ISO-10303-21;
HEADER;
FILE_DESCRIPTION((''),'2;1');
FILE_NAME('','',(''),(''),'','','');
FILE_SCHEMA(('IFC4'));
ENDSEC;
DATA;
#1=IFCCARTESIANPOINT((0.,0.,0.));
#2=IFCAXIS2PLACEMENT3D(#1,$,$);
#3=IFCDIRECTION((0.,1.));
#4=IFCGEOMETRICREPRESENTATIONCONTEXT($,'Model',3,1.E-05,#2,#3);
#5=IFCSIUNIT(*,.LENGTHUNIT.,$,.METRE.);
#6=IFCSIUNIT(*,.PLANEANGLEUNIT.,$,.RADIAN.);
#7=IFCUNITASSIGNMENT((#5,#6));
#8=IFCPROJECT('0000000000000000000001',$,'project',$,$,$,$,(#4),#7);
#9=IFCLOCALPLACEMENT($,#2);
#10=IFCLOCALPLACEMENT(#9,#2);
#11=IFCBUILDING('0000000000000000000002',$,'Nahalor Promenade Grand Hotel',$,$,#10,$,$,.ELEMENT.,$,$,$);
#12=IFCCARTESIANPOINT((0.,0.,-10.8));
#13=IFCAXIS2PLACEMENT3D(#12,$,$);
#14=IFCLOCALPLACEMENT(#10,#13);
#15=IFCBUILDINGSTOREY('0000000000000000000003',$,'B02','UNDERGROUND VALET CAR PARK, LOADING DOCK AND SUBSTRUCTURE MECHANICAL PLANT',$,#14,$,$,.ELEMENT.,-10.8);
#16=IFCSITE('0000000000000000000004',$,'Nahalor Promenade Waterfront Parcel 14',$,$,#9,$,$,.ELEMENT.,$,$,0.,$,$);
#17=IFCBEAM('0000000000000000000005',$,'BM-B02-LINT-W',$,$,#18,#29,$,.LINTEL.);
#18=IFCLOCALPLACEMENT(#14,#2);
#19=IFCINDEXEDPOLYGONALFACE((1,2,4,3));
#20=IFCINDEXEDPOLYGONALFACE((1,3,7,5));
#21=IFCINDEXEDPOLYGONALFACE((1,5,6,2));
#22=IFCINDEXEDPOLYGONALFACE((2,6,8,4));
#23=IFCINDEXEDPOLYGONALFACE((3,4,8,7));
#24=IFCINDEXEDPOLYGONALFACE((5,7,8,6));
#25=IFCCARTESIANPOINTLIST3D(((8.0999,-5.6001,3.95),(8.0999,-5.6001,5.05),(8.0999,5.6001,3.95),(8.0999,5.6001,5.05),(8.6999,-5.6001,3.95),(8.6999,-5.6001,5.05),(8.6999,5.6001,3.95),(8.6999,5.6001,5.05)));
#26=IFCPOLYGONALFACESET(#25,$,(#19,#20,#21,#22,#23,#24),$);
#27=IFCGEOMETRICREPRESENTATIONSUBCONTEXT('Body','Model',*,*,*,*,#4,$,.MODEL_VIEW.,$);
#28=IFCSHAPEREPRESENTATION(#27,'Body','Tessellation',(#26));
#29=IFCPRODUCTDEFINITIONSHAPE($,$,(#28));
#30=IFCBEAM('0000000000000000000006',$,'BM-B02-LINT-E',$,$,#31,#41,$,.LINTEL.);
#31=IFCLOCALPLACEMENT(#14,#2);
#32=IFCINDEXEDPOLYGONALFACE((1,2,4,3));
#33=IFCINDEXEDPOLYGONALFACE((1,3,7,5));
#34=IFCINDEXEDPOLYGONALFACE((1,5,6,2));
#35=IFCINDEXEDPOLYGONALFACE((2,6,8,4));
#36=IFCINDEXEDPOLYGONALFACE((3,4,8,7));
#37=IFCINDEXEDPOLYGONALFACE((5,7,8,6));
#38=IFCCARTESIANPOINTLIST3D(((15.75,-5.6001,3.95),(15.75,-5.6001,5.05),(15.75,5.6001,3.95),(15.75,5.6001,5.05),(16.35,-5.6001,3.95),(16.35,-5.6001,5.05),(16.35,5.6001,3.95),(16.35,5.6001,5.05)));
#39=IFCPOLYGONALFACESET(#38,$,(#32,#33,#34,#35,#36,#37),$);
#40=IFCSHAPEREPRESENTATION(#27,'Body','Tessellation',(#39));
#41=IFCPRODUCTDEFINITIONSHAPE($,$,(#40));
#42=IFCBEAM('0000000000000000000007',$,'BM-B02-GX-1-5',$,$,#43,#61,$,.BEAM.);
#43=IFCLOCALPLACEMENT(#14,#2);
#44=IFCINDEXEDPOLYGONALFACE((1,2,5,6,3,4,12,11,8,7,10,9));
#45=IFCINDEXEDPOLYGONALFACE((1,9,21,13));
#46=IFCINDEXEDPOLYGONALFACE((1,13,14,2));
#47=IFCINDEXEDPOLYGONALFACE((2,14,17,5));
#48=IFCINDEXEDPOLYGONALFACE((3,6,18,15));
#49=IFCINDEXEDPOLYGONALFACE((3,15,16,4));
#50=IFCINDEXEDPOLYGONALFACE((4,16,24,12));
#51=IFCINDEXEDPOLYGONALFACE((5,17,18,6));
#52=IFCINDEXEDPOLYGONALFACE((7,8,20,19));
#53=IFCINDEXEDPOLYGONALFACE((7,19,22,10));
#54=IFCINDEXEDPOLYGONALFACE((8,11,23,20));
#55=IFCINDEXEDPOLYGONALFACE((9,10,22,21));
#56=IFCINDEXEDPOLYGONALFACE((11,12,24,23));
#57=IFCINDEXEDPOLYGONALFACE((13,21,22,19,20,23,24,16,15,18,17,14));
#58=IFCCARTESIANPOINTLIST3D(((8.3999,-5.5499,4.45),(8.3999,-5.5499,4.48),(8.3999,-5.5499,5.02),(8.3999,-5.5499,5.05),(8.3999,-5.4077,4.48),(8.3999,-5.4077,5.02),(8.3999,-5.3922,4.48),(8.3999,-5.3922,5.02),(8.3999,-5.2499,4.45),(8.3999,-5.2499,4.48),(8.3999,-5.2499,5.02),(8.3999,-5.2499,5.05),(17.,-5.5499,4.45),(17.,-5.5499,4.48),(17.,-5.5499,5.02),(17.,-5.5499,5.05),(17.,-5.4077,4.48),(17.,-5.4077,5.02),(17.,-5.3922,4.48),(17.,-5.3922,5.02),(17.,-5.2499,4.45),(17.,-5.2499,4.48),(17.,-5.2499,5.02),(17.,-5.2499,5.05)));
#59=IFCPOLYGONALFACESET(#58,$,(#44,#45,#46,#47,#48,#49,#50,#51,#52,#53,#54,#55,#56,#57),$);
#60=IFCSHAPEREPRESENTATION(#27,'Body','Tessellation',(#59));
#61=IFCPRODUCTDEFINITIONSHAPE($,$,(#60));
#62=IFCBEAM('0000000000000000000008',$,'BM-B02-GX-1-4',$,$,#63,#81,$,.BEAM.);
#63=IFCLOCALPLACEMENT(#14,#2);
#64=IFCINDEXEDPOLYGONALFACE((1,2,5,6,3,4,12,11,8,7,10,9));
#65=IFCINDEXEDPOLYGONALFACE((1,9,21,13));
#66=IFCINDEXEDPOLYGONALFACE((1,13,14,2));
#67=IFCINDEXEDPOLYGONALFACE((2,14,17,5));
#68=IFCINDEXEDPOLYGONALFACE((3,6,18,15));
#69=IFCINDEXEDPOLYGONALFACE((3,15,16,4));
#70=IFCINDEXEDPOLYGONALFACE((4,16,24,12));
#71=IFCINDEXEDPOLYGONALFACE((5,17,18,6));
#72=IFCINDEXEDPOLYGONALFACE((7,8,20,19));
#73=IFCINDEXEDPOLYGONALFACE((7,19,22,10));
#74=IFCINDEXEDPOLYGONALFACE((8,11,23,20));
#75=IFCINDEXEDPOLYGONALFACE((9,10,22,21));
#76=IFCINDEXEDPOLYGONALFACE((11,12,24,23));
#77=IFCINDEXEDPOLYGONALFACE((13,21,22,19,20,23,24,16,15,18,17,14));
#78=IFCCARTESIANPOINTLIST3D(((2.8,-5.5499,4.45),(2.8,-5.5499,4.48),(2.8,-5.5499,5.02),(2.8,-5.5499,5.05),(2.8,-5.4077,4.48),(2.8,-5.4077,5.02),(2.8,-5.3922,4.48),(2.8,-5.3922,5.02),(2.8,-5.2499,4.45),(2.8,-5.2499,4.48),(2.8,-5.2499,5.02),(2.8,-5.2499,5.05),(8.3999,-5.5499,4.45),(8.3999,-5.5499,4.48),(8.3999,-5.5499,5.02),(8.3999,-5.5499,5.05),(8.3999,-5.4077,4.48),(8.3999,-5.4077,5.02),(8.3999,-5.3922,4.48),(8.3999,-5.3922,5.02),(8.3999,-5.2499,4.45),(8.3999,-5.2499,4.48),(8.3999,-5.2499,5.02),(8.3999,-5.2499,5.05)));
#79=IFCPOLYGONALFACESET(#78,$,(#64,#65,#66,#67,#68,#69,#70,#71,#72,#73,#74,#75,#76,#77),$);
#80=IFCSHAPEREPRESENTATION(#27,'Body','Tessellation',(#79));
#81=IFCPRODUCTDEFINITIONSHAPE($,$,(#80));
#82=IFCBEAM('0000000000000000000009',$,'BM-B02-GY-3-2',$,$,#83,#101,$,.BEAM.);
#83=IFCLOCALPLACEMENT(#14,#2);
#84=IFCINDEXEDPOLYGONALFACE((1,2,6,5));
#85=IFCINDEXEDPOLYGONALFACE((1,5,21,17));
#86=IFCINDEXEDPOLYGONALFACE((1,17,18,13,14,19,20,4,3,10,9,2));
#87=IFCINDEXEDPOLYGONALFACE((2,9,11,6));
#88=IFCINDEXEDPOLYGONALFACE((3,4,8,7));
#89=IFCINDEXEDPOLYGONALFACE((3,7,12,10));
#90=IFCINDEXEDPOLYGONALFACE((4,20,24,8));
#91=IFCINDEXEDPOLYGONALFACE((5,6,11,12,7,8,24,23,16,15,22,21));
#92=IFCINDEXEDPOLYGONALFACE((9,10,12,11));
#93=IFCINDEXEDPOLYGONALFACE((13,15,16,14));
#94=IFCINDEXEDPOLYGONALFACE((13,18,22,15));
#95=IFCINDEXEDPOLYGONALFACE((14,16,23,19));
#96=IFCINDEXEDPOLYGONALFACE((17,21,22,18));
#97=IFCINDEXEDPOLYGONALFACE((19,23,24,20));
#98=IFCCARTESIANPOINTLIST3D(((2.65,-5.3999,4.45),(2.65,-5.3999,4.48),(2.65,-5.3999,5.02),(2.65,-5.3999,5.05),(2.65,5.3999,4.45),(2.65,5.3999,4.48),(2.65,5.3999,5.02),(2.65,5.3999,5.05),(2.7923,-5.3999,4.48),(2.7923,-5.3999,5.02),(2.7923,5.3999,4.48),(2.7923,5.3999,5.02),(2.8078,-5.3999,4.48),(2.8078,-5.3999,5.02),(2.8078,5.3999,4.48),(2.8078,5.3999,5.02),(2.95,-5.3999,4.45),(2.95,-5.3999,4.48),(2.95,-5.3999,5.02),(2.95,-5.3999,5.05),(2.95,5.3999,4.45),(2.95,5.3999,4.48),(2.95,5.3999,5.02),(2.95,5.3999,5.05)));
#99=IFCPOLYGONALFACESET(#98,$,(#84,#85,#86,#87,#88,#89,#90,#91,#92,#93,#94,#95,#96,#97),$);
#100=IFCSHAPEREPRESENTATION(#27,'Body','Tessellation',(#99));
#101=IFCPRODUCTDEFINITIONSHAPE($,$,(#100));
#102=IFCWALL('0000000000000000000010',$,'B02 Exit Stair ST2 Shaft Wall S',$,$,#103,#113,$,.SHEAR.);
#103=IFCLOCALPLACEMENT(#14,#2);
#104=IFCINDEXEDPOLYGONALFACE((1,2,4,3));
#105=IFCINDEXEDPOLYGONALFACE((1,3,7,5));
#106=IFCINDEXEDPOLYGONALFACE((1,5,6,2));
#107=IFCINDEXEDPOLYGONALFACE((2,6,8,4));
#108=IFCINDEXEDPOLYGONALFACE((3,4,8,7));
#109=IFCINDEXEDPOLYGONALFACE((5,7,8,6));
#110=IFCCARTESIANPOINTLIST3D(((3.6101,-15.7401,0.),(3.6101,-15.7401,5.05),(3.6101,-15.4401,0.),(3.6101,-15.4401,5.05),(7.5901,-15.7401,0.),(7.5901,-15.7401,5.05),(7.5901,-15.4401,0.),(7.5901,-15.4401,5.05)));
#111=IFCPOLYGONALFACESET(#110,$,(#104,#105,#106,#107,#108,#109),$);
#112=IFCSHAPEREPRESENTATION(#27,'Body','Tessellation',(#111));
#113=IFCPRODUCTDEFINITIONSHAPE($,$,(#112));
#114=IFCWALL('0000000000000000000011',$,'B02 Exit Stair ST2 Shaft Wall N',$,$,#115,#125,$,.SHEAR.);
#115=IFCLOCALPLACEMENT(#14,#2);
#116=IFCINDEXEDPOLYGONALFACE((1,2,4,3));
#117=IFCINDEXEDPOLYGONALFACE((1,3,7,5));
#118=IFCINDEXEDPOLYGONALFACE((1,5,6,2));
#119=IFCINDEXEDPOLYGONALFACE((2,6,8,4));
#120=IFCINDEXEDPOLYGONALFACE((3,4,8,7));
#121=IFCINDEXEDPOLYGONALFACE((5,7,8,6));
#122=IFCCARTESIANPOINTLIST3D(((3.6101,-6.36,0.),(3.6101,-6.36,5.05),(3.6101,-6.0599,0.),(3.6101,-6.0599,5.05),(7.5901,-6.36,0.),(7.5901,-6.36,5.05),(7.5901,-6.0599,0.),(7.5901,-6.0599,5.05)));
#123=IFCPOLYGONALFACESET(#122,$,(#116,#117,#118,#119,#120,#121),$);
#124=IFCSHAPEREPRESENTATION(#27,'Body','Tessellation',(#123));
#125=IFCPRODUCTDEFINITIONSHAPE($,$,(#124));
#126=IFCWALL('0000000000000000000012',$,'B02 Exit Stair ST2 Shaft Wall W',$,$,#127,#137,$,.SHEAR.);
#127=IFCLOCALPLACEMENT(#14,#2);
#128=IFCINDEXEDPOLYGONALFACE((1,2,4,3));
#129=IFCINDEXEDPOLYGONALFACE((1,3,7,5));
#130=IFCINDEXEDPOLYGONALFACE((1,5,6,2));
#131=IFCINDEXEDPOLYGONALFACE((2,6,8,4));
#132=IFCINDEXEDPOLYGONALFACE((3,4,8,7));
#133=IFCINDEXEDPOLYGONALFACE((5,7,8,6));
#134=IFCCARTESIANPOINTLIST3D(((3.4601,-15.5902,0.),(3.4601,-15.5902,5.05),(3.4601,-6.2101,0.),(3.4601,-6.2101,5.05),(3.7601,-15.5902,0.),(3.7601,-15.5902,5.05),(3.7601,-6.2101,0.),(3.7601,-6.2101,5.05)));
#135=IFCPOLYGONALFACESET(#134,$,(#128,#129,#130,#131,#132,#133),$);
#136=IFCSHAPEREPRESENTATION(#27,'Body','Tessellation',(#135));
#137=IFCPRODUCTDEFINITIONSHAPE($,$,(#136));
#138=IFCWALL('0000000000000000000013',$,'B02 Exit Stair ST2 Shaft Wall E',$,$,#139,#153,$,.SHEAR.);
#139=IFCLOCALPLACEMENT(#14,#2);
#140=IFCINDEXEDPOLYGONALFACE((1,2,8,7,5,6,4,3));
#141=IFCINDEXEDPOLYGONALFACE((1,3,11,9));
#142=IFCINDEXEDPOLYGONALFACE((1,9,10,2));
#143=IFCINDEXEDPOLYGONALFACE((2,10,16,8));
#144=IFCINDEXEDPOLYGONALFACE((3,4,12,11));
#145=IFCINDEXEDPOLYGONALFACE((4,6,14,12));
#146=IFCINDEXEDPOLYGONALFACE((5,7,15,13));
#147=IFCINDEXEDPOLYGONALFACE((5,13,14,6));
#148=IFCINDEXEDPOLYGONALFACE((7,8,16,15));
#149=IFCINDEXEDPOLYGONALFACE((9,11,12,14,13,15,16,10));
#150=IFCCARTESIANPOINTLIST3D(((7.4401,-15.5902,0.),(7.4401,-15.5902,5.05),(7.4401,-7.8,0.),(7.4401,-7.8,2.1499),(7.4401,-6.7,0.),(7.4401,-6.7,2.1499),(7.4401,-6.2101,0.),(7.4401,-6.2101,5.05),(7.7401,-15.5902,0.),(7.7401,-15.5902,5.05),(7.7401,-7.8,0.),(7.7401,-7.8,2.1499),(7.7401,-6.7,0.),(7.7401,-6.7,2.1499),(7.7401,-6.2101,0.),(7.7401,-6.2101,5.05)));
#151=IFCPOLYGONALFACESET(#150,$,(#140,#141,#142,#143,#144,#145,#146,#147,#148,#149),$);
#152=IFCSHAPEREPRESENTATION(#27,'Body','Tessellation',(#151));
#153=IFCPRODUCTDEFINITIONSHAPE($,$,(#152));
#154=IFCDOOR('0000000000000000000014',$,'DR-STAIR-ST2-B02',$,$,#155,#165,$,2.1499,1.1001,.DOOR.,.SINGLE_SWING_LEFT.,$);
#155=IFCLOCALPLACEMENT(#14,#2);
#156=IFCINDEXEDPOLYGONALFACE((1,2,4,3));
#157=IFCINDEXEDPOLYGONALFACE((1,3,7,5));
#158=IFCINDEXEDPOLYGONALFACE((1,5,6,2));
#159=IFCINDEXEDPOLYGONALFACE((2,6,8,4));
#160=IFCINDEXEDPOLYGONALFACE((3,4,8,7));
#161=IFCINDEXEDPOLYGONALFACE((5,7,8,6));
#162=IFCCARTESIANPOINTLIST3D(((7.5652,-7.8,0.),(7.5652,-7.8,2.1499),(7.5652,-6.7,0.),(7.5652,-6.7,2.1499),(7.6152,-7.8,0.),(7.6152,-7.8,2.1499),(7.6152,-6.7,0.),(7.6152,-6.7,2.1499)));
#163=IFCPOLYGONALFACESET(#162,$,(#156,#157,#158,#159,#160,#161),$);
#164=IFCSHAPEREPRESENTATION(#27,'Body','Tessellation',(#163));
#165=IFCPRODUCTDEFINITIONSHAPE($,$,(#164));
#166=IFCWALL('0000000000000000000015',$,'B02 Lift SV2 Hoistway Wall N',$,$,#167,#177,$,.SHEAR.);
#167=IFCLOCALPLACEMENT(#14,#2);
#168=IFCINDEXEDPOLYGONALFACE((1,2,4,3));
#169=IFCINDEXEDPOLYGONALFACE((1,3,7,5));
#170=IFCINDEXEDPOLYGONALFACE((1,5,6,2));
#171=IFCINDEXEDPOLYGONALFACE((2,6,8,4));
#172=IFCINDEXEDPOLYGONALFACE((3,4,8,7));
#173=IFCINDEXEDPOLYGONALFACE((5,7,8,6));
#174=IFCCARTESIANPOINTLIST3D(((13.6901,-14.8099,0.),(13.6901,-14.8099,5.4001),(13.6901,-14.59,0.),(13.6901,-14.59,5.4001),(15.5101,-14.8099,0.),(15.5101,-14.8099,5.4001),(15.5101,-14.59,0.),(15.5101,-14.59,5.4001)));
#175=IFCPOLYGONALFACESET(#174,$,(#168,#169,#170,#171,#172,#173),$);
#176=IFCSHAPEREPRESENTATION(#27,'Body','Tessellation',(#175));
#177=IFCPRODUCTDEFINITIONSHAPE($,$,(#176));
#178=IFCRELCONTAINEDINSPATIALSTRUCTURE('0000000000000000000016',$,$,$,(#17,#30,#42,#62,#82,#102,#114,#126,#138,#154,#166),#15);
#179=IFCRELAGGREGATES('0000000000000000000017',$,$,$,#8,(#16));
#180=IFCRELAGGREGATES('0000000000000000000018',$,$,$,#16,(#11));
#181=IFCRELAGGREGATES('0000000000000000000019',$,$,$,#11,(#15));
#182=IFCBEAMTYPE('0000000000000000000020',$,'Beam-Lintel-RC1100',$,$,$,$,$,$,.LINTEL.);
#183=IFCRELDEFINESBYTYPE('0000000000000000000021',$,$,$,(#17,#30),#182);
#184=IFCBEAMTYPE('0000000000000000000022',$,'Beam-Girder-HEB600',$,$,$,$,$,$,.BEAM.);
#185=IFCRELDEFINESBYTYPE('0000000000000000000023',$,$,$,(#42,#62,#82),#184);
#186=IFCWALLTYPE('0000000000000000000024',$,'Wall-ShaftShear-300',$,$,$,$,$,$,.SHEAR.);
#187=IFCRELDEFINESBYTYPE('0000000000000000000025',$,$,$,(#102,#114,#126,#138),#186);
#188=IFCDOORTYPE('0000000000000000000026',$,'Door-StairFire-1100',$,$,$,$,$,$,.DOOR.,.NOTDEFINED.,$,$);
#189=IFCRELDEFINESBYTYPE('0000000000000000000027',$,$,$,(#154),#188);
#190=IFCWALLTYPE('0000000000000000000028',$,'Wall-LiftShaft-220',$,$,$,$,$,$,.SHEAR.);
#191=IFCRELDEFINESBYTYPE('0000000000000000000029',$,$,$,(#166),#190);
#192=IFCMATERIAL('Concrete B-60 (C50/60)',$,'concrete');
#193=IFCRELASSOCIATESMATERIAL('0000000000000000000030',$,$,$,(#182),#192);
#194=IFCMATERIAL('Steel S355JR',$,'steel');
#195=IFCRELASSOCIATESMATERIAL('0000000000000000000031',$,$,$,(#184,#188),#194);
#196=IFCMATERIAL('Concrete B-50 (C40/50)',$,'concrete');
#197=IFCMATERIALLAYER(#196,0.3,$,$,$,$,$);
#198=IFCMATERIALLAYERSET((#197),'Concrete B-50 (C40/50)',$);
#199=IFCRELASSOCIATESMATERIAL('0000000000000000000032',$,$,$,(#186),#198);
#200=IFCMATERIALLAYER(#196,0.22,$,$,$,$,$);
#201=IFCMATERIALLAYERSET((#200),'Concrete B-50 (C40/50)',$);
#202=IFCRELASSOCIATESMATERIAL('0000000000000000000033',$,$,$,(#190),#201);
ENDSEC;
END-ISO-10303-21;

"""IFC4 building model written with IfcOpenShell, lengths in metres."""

from ifc_helpers import new_model, si_unit, direction, frame, frame_2d, origin, origin_2d, place, context, subcontext, project, spatial, rectangle, i_section, extrude, source, transform, mapped, material, layer, layer_set, material_profile, profile_set, type_object, element, fill, save


model = new_model("IFC4")

# Units and contexts
model_context = context("Model", 3, precision=1e-05, world=origin(), true_north=direction((0.0, 1.0)))
body_context = subcontext(model_context, "Body", "Model", "MODEL_VIEW")
ifc_project = project(units=[si_unit("LENGTHUNIT", "METRE"), si_unit("PLANEANGLEUNIT", "RADIAN")], contexts=[model_context])

# Site, building, storey
site_placement = place(None, origin())
site = spatial("IfcSite", under=ifc_project, at=site_placement, Name="Nahalor Promenade Waterfront Parcel 14", CompositionType="ELEMENT", RefElevation=0.0)
building_placement = place(site_placement, origin())
building = spatial("IfcBuilding", under=site, at=building_placement, Name="Nahalor Promenade Grand Hotel", CompositionType="ELEMENT")
storey_placement = place(building_placement, frame((0.0, 0.0, -10.8)))
storey = spatial("IfcBuildingStorey", under=building, at=storey_placement, Name="B02", Description="UNDERGROUND VALET CAR PARK, LOADING DOCK AND SUBSTRUCTURE MECHANICAL PLANT", CompositionType="ELEMENT", Elevation=-10.8)

# Shared definitions
ifc_material_1 = material(Name="Concrete B-50 (C40/50)", Category="concrete")

# Shared definitions
ifc_material_2 = material(Name="Concrete B-60 (C50/60)", Category="concrete")

# Beams
ifc_material_profile_1 = material_profile(ifc_material_2, rectangle(XDim=0.6, YDim=1.1, at=origin_2d()), Name="RC 600x1100")
ifc_profile_set_1 = profile_set([ifc_material_profile_1], Name="Concrete B-60 (C50/60)")
beam_type_1 = type_object("IfcBeamType", Name="Beam-Lintel-RC1100", PredefinedType="LINTEL", material=ifc_profile_set_1)
shared_shape_1 = source(origin(), body_context, "Body", "SweptSolid", [
    extrude(rectangle(XDim=0.6, YDim=1.1, at=origin_2d()), origin(), (0.0, 0.0, 1.0), 11.2002),
])
for number, where, z_axis, x_axis, name in (
    (1, (8.3999, -5.6001, 4.5), (0.0, 1.0, 0.0), (-1.0, 0.0, 0.0), "BM-B02-LINT-W"),
    (2, (16.05, -5.6001, 4.5), (0.0, 1.0, 0.0), (-1.0, 0.0, 0.0), "BM-B02-LINT-E"),
):
    element("IfcBeam", number, at=place(storey_placement, frame(where, z_axis=z_axis, x_axis=x_axis)), inside=storey, type_object=beam_type_1, Name=name, PredefinedType="LINTEL", context=body_context, shape_type="MappedRepresentation", body=[
        mapped(shared_shape_1, transform((0.0, 0.0, 0.0), scale=1.0)),
    ])
ifc_material_3 = material(Name="Steel S355JR", Category="steel")
ifc_material_profile_2 = material_profile(ifc_material_3, i_section(OverallWidth=0.3, OverallDepth=0.6, WebThickness=0.0155, FlangeThickness=0.03, at=origin_2d()), Name="HEB 600")
ifc_profile_set_2 = profile_set([ifc_material_profile_2], Name="Steel S355JR")
beam_type_2 = type_object("IfcBeamType", Name="Beam-Girder-HEB600", PredefinedType="BEAM", material=ifc_profile_set_2)
shared_shape_2 = source(origin(), body_context, "Body", "SweptSolid", [
    extrude(i_section(OverallWidth=0.3, OverallDepth=0.6, WebThickness=0.0155, FlangeThickness=0.03, at=origin_2d()), origin(), (0.0, 0.0, 1.0), 8.6001),
])
beam_1_placement = place(storey_placement, frame((8.3999, -5.3999, 4.75), z_axis=(1.0, 0.0, 0.0), x_axis=(0.0, 1.0, 0.0)))
element("IfcBeam", 3, at=beam_1_placement, inside=storey, type_object=beam_type_2, Name="BM-B02-GX-1-5", PredefinedType="BEAM", context=body_context, shape_type="MappedRepresentation", body=[
    mapped(shared_shape_2, transform((0.0, 0.0, 0.0), scale=1.0)),
])
shared_shape_3 = source(origin(), body_context, "Body", "SweptSolid", [
    extrude(i_section(OverallWidth=0.3, OverallDepth=0.6, WebThickness=0.0155, FlangeThickness=0.03, at=origin_2d()), origin(), (0.0, 0.0, 1.0), 5.5999),
])
beam_2_placement = place(storey_placement, frame((2.8, -5.3999, 4.75), z_axis=(1.0, 0.0, 0.0), x_axis=(0.0, 1.0, 0.0)))
element("IfcBeam", 4, at=beam_2_placement, inside=storey, type_object=beam_type_2, Name="BM-B02-GX-1-4", PredefinedType="BEAM", context=body_context, shape_type="MappedRepresentation", body=[
    mapped(shared_shape_3, transform((0.0, 0.0, 0.0), scale=1.0)),
])
shared_shape_4 = source(origin(), body_context, "Body", "SweptSolid", [
    extrude(i_section(OverallWidth=0.3, OverallDepth=0.6, WebThickness=0.0155, FlangeThickness=0.03, at=origin_2d()), origin(), (0.0, 0.0, 1.0), 10.7998),
])
beam_3_placement = place(storey_placement, frame((2.8, -5.3999, 4.75), z_axis=(0.0, 1.0, 0.0), x_axis=(-1.0, 0.0, 0.0)))
element("IfcBeam", 5, at=beam_3_placement, inside=storey, type_object=beam_type_2, Name="BM-B02-GY-3-2", PredefinedType="BEAM", context=body_context, shape_type="MappedRepresentation", body=[
    mapped(shared_shape_4, transform((0.0, 0.0, 0.0), scale=1.0)),
])

# Walls
ifc_layer_1 = layer(ifc_material_1, 0.3)
ifc_layer_set_1 = layer_set([ifc_layer_1], Name="Concrete B-50 (C40/50)")
wall_type_1 = type_object("IfcWallType", Name="Wall-ShaftShear-300", PredefinedType="SHEAR", material=ifc_layer_set_1)
shared_shape_5 = source(origin(), body_context, "Body", "SweptSolid", [
    extrude(rectangle(XDim=3.98, YDim=0.3, at=frame_2d((1.99, 0.0))), origin(), (0.0, 0.0, 1.0), 5.05),
])
for number, where, z_axis, x_axis, name in (
    (6, (3.6101, -15.5901, 0.0), (0.0, 0.0, 1.0), (1.0, 0.0, 0.0), "B02 Exit Stair ST2 Shaft Wall S"),
    (7, (3.6101, -6.21, 0.0), (0.0, 0.0, 1.0), (1.0, 0.0, 0.0), "B02 Exit Stair ST2 Shaft Wall N"),
):
    element("IfcWall", number, at=place(storey_placement, frame(where, z_axis=z_axis, x_axis=x_axis)), inside=storey, type_object=wall_type_1, Name=name, PredefinedType="SHEAR", context=body_context, shape_type="MappedRepresentation", body=[
        mapped(shared_shape_5, transform((0.0, 0.0, 0.0), scale=1.0)),
    ])
shared_shape_6 = source(origin(), body_context, "Body", "SweptSolid", [
    extrude(rectangle(XDim=9.3801, YDim=0.3, at=frame_2d((4.6899, 0.0))), origin(), (0.0, 0.0, 1.0), 5.05),
])
wall_1_placement = place(storey_placement, frame((3.6101, -15.5901, 0.0), z_axis=(0.0, 0.0, 1.0), x_axis=(0.0, 1.0, 0.0)))
element("IfcWall", 8, at=wall_1_placement, inside=storey, type_object=wall_type_1, Name="B02 Exit Stair ST2 Shaft Wall W", PredefinedType="SHEAR", context=body_context, shape_type="MappedRepresentation", body=[
    mapped(shared_shape_6, transform((0.0, 0.0, 0.0), scale=1.0)),
])

# Wall, opening, door
wall_2_placement = place(storey_placement, frame((7.5901, -15.5901, 0.0), z_axis=(0.0, 0.0, 1.0), x_axis=(0.0, 1.0, 0.0)))
wall_2 = element("IfcWall", 9, at=wall_2_placement, inside=storey, type_object=wall_type_1, Name="B02 Exit Stair ST2 Shaft Wall E", PredefinedType="SHEAR", context=body_context, shape_type="MappedRepresentation", body=[
    mapped(shared_shape_6, transform((0.0, 0.0, 0.0), scale=1.0)),
])
opening_1_placement = place(wall_2_placement, frame((7.79, 0.0, 0.0)))
opening_1 = element("IfcOpeningElement", 10, at=opening_1_placement, cuts=wall_2, PredefinedType="OPENING", context=body_context, shape_type="SweptSolid", body=[
    extrude(rectangle(XDim=1.1001, YDim=2.1499, at=frame_2d((0.55, 1.075))), frame((0.0, 0.1599, 0.0), z_axis=(0.0, -1.0, 0.0), x_axis=(1.0, 0.0, 0.0)), (0.0, 0.0, 1.0), 0.3201),
])
door_type_1 = type_object("IfcDoorType", Name="Door-StairFire-1100", OperationType="NOTDEFINED", PredefinedType="DOOR", material=ifc_material_3)
shared_shape_7 = source(origin(), body_context, "Body", "SweptSolid", [
    extrude(rectangle(XDim=1.1001, YDim=2.1499, at=frame_2d((0.55, 1.075))), frame((0.0, 0.0249, 0.0), z_axis=(0.0, -1.0, 0.0), x_axis=(1.0, 0.0, 0.0)), (0.0, 0.0, 1.0), 0.05),
])
door_1_placement = place(opening_1_placement, origin())
door_1 = element("IfcDoor", 11, at=door_1_placement, inside=storey, type_object=door_type_1, Name="DR-STAIR-ST2-B02", OperationType="SINGLE_SWING_LEFT", OverallHeight=2.1499, OverallWidth=1.1001, PredefinedType="DOOR", context=body_context, shape_type="MappedRepresentation", body=[
    mapped(shared_shape_7, transform((0.0, 0.0, 0.0), scale=1.0)),
])
fill(opening_1, door_1)

# Wall
ifc_layer_2 = layer(ifc_material_1, 0.22)
ifc_layer_set_2 = layer_set([ifc_layer_2], Name="Concrete B-50 (C40/50)")
wall_type_2 = type_object("IfcWallType", Name="Wall-LiftShaft-220", PredefinedType="SHEAR", material=ifc_layer_set_2)
shared_shape_8 = source(origin(), body_context, "Body", "SweptSolid", [
    extrude(rectangle(XDim=1.8201, YDim=0.22, at=frame_2d((0.9102, 0.0))), origin(), (0.0, 0.0, 1.0), 5.4001),
])
wall_3_placement = place(storey_placement, frame((13.6899, -14.7, 0.0), z_axis=(0.0, 0.0, 1.0), x_axis=(1.0, 0.0, 0.0)))
element("IfcWall", 12, at=wall_3_placement, inside=storey, type_object=wall_type_2, Name="B02 Lift SV2 Hoistway Wall N", PredefinedType="SHEAR", context=body_context, shape_type="MappedRepresentation", body=[
    mapped(shared_shape_8, transform((0.0, 0.0, 0.0), scale=1.0)),
])

save(model, "model.ifc")
